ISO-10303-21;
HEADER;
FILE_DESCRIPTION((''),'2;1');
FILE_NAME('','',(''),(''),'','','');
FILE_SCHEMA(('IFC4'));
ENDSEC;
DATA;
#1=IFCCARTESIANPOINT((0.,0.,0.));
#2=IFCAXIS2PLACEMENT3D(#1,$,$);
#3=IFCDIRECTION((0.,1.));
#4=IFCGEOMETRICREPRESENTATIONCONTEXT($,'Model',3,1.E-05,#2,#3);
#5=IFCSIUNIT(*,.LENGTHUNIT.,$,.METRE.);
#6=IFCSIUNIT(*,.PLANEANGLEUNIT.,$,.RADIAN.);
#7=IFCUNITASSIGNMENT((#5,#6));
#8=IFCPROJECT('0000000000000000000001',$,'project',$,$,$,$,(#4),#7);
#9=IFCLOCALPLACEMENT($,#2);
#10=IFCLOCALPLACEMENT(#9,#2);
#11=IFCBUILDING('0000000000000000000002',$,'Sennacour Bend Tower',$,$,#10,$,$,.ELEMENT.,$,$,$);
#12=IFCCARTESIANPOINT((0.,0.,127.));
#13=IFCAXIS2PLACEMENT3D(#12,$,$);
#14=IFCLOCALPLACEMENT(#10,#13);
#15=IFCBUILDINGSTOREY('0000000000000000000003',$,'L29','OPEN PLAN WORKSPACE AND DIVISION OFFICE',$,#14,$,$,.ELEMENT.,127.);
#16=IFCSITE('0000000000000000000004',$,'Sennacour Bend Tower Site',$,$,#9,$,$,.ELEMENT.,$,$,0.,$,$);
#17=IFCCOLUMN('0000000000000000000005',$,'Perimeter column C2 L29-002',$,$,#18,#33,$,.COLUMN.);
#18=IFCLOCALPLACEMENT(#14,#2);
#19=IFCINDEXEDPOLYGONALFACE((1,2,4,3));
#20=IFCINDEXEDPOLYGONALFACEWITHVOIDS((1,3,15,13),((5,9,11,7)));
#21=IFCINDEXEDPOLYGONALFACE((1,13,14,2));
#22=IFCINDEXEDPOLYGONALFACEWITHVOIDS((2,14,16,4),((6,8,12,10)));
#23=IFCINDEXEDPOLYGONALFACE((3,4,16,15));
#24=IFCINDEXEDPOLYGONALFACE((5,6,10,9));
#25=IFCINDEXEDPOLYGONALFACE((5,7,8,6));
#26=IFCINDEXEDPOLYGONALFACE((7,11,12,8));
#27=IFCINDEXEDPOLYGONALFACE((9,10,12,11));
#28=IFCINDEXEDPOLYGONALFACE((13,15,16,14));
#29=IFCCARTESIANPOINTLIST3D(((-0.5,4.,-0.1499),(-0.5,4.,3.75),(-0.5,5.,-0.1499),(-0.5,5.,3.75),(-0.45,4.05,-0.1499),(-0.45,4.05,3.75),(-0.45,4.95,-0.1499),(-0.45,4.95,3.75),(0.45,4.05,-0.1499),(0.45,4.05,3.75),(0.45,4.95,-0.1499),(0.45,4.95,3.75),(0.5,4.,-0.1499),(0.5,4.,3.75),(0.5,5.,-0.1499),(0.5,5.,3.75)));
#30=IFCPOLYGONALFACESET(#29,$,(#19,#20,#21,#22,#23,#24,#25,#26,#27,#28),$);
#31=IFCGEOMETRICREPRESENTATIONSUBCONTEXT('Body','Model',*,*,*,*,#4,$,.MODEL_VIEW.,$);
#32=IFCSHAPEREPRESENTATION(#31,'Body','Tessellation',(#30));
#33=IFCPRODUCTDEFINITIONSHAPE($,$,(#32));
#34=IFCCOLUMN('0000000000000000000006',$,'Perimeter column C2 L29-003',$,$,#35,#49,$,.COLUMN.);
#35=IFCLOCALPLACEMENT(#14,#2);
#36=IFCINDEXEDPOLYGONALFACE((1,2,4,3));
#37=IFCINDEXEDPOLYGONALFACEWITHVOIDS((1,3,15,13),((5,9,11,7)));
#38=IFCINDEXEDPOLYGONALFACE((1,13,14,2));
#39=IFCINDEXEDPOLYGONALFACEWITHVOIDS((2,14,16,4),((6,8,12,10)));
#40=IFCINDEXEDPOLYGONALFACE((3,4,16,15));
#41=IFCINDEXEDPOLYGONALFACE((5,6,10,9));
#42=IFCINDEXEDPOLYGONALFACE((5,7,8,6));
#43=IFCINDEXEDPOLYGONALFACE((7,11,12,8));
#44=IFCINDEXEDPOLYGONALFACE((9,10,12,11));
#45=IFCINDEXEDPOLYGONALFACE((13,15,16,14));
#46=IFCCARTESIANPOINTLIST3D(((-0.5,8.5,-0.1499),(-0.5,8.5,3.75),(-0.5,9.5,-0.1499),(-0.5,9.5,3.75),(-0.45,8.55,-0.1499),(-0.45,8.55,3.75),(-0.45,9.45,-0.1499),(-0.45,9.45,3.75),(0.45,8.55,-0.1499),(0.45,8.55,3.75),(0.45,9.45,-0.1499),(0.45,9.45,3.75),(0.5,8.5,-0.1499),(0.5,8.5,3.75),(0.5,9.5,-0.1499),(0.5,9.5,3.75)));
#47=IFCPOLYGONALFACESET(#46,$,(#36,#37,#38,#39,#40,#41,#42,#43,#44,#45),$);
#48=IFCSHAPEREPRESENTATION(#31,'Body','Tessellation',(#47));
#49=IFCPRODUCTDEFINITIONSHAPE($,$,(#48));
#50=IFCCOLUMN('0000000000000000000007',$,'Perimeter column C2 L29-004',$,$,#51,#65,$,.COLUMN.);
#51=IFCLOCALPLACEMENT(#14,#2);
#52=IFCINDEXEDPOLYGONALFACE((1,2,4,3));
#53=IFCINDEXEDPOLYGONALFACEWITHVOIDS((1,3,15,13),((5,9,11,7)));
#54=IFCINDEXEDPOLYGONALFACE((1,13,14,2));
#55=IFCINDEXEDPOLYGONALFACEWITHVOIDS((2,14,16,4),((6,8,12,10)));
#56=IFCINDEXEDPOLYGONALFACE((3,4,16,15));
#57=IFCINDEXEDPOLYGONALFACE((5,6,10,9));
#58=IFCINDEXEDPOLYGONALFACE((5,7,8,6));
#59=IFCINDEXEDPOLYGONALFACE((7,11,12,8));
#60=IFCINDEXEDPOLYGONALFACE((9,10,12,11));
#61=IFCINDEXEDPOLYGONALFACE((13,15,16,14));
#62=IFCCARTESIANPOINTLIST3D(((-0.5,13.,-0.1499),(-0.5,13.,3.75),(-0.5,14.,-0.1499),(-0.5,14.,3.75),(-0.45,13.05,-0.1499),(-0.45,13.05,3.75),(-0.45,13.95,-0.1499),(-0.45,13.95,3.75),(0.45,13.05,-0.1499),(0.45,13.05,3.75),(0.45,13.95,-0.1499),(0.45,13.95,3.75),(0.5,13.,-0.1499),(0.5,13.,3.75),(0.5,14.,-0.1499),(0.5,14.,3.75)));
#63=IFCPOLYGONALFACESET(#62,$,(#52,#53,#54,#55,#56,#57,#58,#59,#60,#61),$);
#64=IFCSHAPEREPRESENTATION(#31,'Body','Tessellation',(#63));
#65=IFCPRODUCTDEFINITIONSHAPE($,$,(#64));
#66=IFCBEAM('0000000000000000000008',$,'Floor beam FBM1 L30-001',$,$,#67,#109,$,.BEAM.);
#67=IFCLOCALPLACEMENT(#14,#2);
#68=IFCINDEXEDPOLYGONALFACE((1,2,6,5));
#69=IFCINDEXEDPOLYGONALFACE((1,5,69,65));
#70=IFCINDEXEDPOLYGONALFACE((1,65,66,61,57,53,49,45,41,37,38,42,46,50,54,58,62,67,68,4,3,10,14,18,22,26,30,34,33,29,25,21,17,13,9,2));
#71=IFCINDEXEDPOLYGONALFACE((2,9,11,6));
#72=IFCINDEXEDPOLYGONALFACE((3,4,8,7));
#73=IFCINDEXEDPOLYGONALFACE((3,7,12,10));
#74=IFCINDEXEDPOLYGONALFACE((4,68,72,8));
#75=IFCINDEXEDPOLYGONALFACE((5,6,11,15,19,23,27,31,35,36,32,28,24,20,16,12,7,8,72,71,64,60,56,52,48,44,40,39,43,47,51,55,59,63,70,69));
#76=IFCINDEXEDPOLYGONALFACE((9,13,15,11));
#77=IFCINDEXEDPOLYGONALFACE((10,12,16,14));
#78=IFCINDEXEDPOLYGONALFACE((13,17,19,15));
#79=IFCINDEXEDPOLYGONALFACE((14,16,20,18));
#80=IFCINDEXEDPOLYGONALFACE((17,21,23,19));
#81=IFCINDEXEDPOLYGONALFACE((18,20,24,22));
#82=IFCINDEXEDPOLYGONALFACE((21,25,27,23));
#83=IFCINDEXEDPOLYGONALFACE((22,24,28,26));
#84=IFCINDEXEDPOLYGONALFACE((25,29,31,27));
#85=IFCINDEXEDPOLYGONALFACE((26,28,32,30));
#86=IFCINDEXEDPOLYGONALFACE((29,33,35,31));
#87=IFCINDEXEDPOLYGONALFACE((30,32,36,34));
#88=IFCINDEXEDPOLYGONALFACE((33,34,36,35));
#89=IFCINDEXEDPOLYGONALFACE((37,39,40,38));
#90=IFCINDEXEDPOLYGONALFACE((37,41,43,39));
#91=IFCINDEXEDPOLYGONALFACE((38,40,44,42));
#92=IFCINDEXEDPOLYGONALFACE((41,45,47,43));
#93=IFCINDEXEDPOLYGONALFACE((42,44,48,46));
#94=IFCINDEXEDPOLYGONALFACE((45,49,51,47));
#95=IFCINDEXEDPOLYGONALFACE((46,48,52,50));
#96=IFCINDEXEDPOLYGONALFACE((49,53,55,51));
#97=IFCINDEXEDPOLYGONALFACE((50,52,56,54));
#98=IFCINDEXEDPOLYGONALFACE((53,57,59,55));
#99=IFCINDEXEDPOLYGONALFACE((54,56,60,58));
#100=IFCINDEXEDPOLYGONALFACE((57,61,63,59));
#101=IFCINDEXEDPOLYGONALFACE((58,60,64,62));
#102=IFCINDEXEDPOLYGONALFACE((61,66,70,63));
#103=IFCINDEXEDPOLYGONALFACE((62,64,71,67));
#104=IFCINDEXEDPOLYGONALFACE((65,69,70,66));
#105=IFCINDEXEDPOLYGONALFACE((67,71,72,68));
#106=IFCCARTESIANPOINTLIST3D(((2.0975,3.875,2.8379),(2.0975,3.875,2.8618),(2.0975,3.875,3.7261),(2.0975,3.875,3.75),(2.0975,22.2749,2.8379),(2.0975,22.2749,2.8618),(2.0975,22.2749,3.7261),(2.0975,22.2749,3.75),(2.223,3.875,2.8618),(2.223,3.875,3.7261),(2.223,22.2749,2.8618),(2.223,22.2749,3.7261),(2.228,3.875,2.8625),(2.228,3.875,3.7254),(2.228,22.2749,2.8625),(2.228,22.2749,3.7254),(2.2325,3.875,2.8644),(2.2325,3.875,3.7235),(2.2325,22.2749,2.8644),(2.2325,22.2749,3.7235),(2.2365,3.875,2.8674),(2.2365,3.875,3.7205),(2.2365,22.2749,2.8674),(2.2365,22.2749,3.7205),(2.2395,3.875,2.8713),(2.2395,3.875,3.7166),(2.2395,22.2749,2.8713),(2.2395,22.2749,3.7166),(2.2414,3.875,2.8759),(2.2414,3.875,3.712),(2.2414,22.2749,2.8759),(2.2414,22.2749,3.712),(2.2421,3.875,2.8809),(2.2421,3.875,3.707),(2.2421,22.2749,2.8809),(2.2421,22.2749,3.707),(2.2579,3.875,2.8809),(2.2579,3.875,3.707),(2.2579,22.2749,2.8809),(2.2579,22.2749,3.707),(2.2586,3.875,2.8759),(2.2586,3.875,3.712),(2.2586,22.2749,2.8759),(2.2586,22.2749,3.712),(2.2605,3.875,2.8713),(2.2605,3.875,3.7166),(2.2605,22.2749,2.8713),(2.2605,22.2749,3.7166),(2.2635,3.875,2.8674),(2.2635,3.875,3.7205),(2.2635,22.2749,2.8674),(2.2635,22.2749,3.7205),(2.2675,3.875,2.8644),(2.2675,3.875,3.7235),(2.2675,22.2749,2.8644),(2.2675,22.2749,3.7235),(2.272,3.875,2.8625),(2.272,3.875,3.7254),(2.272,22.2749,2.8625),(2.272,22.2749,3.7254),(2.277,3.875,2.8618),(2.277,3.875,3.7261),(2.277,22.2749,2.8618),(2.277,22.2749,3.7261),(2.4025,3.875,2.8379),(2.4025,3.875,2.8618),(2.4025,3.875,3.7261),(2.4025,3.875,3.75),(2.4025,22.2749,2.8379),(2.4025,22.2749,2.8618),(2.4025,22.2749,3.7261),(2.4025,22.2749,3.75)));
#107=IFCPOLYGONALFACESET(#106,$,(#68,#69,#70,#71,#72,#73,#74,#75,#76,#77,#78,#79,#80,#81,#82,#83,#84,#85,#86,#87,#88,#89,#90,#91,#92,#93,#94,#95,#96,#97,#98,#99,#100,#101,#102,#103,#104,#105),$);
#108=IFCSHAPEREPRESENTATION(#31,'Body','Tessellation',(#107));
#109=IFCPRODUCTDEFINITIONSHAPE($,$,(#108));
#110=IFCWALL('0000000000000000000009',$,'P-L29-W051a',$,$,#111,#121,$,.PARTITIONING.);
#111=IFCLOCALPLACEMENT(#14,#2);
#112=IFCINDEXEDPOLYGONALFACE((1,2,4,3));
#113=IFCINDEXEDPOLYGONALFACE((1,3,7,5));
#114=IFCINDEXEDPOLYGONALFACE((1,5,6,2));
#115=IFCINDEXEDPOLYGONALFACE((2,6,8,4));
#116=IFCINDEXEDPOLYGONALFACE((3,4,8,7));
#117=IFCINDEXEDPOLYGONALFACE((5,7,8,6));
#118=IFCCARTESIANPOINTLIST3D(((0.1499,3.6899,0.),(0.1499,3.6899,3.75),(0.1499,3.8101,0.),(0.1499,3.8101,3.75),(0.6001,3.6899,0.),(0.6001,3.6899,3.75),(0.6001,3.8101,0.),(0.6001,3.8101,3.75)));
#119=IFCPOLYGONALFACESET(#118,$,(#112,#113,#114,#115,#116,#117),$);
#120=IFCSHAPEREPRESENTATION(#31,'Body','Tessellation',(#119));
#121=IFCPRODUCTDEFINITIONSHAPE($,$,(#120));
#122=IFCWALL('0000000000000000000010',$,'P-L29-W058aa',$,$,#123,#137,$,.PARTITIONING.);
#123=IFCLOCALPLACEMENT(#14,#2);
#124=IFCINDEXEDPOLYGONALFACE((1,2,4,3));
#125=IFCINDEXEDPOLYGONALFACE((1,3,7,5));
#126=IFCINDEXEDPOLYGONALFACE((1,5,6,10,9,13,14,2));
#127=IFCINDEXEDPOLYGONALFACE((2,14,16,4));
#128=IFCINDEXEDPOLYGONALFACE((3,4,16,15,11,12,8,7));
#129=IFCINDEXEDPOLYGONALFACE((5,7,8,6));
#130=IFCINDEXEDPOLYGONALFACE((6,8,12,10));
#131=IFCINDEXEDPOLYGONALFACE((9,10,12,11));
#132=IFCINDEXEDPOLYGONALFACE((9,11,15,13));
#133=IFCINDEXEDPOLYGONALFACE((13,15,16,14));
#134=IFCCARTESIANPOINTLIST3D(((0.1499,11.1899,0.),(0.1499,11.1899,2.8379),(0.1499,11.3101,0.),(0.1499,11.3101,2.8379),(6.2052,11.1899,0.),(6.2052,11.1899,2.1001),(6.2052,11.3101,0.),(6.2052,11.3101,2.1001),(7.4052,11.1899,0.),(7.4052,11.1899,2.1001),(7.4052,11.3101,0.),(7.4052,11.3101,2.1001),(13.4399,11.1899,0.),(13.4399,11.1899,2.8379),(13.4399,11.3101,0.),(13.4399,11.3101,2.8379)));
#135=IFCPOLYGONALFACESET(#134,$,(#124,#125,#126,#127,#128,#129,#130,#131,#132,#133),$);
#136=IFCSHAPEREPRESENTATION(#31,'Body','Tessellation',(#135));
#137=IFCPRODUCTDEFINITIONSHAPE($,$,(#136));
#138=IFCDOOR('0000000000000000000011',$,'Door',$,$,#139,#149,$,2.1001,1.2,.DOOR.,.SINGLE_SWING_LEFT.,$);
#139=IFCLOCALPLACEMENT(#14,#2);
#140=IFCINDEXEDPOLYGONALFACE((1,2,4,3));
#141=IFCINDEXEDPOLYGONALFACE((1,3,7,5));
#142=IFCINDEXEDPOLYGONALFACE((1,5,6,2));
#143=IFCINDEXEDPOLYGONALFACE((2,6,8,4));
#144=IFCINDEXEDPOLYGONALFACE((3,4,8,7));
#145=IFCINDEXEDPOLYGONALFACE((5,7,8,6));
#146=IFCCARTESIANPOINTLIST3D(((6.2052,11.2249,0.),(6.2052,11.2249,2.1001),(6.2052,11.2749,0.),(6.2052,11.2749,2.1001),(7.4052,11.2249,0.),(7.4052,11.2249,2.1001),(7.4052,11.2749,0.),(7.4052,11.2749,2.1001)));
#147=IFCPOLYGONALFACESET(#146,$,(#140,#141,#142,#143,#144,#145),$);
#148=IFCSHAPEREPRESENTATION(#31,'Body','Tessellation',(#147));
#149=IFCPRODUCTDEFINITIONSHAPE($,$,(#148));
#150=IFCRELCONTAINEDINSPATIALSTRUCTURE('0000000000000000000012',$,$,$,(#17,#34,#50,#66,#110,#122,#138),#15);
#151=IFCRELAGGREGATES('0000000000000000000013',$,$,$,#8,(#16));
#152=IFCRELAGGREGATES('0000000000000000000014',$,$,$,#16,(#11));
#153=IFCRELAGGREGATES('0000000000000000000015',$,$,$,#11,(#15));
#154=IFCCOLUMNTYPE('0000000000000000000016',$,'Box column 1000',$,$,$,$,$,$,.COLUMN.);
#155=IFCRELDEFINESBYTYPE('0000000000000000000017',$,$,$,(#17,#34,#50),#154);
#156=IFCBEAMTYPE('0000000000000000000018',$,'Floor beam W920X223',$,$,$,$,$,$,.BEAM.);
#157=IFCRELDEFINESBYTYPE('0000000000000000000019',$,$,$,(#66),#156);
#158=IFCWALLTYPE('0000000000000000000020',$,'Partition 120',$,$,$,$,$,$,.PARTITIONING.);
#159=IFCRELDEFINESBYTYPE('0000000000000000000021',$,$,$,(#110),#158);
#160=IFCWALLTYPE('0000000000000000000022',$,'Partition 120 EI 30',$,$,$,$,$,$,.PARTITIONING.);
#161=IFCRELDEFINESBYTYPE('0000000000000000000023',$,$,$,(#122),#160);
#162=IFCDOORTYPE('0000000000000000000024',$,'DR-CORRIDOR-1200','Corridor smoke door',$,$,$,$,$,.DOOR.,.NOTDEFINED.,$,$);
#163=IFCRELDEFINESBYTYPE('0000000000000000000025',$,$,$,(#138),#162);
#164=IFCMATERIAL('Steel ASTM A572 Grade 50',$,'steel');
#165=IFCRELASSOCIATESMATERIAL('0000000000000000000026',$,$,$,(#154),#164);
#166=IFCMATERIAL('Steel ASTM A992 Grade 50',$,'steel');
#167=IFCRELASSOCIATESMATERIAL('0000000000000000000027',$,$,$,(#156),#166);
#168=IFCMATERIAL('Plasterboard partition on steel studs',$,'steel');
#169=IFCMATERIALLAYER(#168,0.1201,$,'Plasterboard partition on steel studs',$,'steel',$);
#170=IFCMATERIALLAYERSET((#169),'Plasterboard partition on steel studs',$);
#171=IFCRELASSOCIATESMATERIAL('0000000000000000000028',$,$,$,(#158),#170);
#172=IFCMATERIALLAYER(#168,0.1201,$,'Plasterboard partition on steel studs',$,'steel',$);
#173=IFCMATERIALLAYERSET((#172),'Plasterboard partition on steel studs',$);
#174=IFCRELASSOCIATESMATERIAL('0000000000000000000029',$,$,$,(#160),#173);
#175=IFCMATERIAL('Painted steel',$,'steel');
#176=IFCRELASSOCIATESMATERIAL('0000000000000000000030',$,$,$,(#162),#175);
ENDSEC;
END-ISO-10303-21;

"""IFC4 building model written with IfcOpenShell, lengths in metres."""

from ifc_helpers import new_model, si_unit, direction, frame, frame_2d, origin, origin_2d, place, context, subcontext, project, spatial, rectangle, hollow_rectangle, i_section, extrude, material, layer, layer_set, material_profile, profile_set, type_object, element, fill, save


model = new_model("IFC4")

# Units and contexts
model_context = context("Model", 3, precision=1e-05, world=origin(), true_north=direction((0.0, 1.0)))
body_context = subcontext(model_context, "Body", "Model", "MODEL_VIEW")
ifc_project = project(units=[si_unit("LENGTHUNIT", "METRE"), si_unit("PLANEANGLEUNIT", "RADIAN")], contexts=[model_context])

# Site, building, storey
site_placement = place(None, origin())
site = spatial("IfcSite", under=ifc_project, at=site_placement, Name="Sennacour Bend Tower Site", CompositionType="ELEMENT", RefElevation=0.0)
building_placement = place(site_placement, origin())
building = spatial("IfcBuilding", under=site, at=building_placement, Name="Sennacour Bend Tower", CompositionType="ELEMENT")
storey_placement = place(building_placement, frame((0.0, 0.0, 127.0)))
storey = spatial("IfcBuildingStorey", under=building, at=storey_placement, Name="L29", Description="OPEN PLAN WORKSPACE AND DIVISION OFFICE", CompositionType="ELEMENT", Elevation=127.0)

# Columns
ifc_material_1 = material(Name="Steel ASTM A572 Grade 50", Category="steel")
ifc_material_profile_1 = material_profile(ifc_material_1, hollow_rectangle(XDim=1.0, YDim=1.0, WallThickness=0.05, at=origin_2d()), Name="Steel ASTM A572 Grade 50", Category="steel")
ifc_profile_set_1 = profile_set([ifc_material_profile_1], Name="Steel ASTM A572 Grade 50")
column_type = type_object("IfcColumnType", Name="Box column 1000", PredefinedType="COLUMN", material=ifc_profile_set_1)
for number, where, z_axis, x_axis, name in (
    (1, (0.0, 4.5, -0.1499), (0.0, 0.0, 1.0), (1.0, 0.0, 0.0), "Perimeter column C2 L29-002"),
    (2, (0.0, 9.0, -0.1499), (0.0, 0.0, 1.0), (1.0, 0.0, 0.0), "Perimeter column C2 L29-003"),
    (3, (0.0, 13.5, -0.1499), (0.0, 0.0, 1.0), (1.0, 0.0, 0.0), "Perimeter column C2 L29-004"),
):
    element("IfcColumn", number, at=place(storey_placement, frame(where, z_axis=z_axis, x_axis=x_axis)), inside=storey, type_object=column_type, Name=name, PredefinedType="COLUMN", context=body_context, shape_type="SweptSolid", body=[
        extrude(hollow_rectangle(XDim=1.0, YDim=1.0, WallThickness=0.05, at=origin_2d()), origin(), (0.0, 0.0, 1.0), 3.8999),
    ])

# Beam
ifc_material_2 = material(Name="Steel ASTM A992 Grade 50", Category="steel")
ifc_material_profile_2 = material_profile(ifc_material_2, i_section(OverallWidth=0.3049, OverallDepth=0.9121, WebThickness=0.0159, FlangeThickness=0.0239, FilletRadius=0.019, at=origin_2d()), Name="Steel ASTM A992 Grade 50", Category="steel")
ifc_profile_set_2 = profile_set([ifc_material_profile_2], Name="Steel ASTM A992 Grade 50")
beam_type = type_object("IfcBeamType", Name="Floor beam W920X223", PredefinedType="BEAM", material=ifc_profile_set_2)
beam_placement = place(storey_placement, frame((2.25, 3.875, 3.2939), z_axis=(0.0, 1.0, 0.0), x_axis=(-1.0, 0.0, 0.0)))
element("IfcBeam", 4, at=beam_placement, inside=storey, type_object=beam_type, Name="Floor beam FBM1 L30-001", PredefinedType="BEAM", context=body_context, shape_type="SweptSolid", body=[
    extrude(i_section(OverallWidth=0.3049, OverallDepth=0.9121, WebThickness=0.0159, FlangeThickness=0.0239, FilletRadius=0.019, at=origin_2d()), origin(), (0.0, 0.0, 1.0), 18.3999),
])

# Wall
ifc_material_3 = material(Name="Plasterboard partition on steel studs", Category="steel")
ifc_layer_1 = layer(ifc_material_3, 0.1201, Name="Plasterboard partition on steel studs", Category="steel")
ifc_layer_set_1 = layer_set([ifc_layer_1], Name="Plasterboard partition on steel studs")
wall_type_1 = type_object("IfcWallType", Name="Partition 120", PredefinedType="PARTITIONING", material=ifc_layer_set_1)
wall_1_placement = place(storey_placement, frame((0.1499, 3.75, 0.0), z_axis=(0.0, 0.0, 1.0), x_axis=(1.0, 0.0, 0.0)))
element("IfcWall", 5, at=wall_1_placement, inside=storey, type_object=wall_type_1, Name="P-L29-W051a", PredefinedType="PARTITIONING", context=body_context, shape_type="SweptSolid", body=[
    extrude(rectangle(XDim=0.4502, YDim=0.1201, at=frame_2d((0.2251, 0.0))), origin(), (0.0, 0.0, 1.0), 3.75),
])

# Wall, opening, door
ifc_layer_2 = layer(ifc_material_3, 0.1201, Name="Plasterboard partition on steel studs", Category="steel")
ifc_layer_set_2 = layer_set([ifc_layer_2], Name="Plasterboard partition on steel studs")
wall_type_2 = type_object("IfcWallType", Name="Partition 120 EI 30", PredefinedType="PARTITIONING", material=ifc_layer_set_2)
wall_2_placement = place(storey_placement, frame((0.1499, 11.25, 0.0), z_axis=(0.0, 0.0, 1.0), x_axis=(1.0, 0.0, 0.0)))
wall_2 = element("IfcWall", 6, at=wall_2_placement, inside=storey, type_object=wall_type_2, Name="P-L29-W058aa", PredefinedType="PARTITIONING", context=body_context, shape_type="SweptSolid", body=[
    extrude(rectangle(XDim=13.29, YDim=0.1201, at=frame_2d((6.645, 0.0))), origin(), (0.0, 0.0, 1.0), 2.8379),
])
opening_1_placement = place(wall_2_placement, frame((6.0552, 0.0, 0.0)))
opening_1 = element("IfcOpeningElement", 7, at=opening_1_placement, cuts=wall_2, PredefinedType="OPENING", context=body_context, shape_type="SweptSolid", body=[
    extrude(rectangle(XDim=1.2, YDim=2.1001, at=frame_2d((0.6001, 1.05))), frame((0.0, 0.0701, 0.0), z_axis=(0.0, -1.0, 0.0), x_axis=(1.0, 0.0, 0.0)), (0.0, 0.0, 1.0), 0.1401),
])
ifc_material_4 = material(Name="Painted steel", Category="steel")
door_type_1 = type_object("IfcDoorType", Name="DR-CORRIDOR-1200", Description="Corridor smoke door", OperationType="NOTDEFINED", PredefinedType="DOOR", material=ifc_material_4)
door_1_placement = place(opening_1_placement, origin())
door_1 = element("IfcDoor", 8, at=door_1_placement, inside=storey, type_object=door_type_1, Name="Door", OperationType="SINGLE_SWING_LEFT", OverallHeight=2.1001, OverallWidth=1.2, PredefinedType="DOOR", context=body_context, shape_type="SweptSolid", body=[
    extrude(rectangle(XDim=1.2, YDim=2.1001, at=frame_2d((0.6001, 1.05))), frame((0.0, 0.0249, 0.0), z_axis=(0.0, -1.0, 0.0), x_axis=(1.0, 0.0, 0.0)), (0.0, 0.0, 1.0), 0.05),
])
fill(opening_1, door_1)

save(model, "model.ifc")
